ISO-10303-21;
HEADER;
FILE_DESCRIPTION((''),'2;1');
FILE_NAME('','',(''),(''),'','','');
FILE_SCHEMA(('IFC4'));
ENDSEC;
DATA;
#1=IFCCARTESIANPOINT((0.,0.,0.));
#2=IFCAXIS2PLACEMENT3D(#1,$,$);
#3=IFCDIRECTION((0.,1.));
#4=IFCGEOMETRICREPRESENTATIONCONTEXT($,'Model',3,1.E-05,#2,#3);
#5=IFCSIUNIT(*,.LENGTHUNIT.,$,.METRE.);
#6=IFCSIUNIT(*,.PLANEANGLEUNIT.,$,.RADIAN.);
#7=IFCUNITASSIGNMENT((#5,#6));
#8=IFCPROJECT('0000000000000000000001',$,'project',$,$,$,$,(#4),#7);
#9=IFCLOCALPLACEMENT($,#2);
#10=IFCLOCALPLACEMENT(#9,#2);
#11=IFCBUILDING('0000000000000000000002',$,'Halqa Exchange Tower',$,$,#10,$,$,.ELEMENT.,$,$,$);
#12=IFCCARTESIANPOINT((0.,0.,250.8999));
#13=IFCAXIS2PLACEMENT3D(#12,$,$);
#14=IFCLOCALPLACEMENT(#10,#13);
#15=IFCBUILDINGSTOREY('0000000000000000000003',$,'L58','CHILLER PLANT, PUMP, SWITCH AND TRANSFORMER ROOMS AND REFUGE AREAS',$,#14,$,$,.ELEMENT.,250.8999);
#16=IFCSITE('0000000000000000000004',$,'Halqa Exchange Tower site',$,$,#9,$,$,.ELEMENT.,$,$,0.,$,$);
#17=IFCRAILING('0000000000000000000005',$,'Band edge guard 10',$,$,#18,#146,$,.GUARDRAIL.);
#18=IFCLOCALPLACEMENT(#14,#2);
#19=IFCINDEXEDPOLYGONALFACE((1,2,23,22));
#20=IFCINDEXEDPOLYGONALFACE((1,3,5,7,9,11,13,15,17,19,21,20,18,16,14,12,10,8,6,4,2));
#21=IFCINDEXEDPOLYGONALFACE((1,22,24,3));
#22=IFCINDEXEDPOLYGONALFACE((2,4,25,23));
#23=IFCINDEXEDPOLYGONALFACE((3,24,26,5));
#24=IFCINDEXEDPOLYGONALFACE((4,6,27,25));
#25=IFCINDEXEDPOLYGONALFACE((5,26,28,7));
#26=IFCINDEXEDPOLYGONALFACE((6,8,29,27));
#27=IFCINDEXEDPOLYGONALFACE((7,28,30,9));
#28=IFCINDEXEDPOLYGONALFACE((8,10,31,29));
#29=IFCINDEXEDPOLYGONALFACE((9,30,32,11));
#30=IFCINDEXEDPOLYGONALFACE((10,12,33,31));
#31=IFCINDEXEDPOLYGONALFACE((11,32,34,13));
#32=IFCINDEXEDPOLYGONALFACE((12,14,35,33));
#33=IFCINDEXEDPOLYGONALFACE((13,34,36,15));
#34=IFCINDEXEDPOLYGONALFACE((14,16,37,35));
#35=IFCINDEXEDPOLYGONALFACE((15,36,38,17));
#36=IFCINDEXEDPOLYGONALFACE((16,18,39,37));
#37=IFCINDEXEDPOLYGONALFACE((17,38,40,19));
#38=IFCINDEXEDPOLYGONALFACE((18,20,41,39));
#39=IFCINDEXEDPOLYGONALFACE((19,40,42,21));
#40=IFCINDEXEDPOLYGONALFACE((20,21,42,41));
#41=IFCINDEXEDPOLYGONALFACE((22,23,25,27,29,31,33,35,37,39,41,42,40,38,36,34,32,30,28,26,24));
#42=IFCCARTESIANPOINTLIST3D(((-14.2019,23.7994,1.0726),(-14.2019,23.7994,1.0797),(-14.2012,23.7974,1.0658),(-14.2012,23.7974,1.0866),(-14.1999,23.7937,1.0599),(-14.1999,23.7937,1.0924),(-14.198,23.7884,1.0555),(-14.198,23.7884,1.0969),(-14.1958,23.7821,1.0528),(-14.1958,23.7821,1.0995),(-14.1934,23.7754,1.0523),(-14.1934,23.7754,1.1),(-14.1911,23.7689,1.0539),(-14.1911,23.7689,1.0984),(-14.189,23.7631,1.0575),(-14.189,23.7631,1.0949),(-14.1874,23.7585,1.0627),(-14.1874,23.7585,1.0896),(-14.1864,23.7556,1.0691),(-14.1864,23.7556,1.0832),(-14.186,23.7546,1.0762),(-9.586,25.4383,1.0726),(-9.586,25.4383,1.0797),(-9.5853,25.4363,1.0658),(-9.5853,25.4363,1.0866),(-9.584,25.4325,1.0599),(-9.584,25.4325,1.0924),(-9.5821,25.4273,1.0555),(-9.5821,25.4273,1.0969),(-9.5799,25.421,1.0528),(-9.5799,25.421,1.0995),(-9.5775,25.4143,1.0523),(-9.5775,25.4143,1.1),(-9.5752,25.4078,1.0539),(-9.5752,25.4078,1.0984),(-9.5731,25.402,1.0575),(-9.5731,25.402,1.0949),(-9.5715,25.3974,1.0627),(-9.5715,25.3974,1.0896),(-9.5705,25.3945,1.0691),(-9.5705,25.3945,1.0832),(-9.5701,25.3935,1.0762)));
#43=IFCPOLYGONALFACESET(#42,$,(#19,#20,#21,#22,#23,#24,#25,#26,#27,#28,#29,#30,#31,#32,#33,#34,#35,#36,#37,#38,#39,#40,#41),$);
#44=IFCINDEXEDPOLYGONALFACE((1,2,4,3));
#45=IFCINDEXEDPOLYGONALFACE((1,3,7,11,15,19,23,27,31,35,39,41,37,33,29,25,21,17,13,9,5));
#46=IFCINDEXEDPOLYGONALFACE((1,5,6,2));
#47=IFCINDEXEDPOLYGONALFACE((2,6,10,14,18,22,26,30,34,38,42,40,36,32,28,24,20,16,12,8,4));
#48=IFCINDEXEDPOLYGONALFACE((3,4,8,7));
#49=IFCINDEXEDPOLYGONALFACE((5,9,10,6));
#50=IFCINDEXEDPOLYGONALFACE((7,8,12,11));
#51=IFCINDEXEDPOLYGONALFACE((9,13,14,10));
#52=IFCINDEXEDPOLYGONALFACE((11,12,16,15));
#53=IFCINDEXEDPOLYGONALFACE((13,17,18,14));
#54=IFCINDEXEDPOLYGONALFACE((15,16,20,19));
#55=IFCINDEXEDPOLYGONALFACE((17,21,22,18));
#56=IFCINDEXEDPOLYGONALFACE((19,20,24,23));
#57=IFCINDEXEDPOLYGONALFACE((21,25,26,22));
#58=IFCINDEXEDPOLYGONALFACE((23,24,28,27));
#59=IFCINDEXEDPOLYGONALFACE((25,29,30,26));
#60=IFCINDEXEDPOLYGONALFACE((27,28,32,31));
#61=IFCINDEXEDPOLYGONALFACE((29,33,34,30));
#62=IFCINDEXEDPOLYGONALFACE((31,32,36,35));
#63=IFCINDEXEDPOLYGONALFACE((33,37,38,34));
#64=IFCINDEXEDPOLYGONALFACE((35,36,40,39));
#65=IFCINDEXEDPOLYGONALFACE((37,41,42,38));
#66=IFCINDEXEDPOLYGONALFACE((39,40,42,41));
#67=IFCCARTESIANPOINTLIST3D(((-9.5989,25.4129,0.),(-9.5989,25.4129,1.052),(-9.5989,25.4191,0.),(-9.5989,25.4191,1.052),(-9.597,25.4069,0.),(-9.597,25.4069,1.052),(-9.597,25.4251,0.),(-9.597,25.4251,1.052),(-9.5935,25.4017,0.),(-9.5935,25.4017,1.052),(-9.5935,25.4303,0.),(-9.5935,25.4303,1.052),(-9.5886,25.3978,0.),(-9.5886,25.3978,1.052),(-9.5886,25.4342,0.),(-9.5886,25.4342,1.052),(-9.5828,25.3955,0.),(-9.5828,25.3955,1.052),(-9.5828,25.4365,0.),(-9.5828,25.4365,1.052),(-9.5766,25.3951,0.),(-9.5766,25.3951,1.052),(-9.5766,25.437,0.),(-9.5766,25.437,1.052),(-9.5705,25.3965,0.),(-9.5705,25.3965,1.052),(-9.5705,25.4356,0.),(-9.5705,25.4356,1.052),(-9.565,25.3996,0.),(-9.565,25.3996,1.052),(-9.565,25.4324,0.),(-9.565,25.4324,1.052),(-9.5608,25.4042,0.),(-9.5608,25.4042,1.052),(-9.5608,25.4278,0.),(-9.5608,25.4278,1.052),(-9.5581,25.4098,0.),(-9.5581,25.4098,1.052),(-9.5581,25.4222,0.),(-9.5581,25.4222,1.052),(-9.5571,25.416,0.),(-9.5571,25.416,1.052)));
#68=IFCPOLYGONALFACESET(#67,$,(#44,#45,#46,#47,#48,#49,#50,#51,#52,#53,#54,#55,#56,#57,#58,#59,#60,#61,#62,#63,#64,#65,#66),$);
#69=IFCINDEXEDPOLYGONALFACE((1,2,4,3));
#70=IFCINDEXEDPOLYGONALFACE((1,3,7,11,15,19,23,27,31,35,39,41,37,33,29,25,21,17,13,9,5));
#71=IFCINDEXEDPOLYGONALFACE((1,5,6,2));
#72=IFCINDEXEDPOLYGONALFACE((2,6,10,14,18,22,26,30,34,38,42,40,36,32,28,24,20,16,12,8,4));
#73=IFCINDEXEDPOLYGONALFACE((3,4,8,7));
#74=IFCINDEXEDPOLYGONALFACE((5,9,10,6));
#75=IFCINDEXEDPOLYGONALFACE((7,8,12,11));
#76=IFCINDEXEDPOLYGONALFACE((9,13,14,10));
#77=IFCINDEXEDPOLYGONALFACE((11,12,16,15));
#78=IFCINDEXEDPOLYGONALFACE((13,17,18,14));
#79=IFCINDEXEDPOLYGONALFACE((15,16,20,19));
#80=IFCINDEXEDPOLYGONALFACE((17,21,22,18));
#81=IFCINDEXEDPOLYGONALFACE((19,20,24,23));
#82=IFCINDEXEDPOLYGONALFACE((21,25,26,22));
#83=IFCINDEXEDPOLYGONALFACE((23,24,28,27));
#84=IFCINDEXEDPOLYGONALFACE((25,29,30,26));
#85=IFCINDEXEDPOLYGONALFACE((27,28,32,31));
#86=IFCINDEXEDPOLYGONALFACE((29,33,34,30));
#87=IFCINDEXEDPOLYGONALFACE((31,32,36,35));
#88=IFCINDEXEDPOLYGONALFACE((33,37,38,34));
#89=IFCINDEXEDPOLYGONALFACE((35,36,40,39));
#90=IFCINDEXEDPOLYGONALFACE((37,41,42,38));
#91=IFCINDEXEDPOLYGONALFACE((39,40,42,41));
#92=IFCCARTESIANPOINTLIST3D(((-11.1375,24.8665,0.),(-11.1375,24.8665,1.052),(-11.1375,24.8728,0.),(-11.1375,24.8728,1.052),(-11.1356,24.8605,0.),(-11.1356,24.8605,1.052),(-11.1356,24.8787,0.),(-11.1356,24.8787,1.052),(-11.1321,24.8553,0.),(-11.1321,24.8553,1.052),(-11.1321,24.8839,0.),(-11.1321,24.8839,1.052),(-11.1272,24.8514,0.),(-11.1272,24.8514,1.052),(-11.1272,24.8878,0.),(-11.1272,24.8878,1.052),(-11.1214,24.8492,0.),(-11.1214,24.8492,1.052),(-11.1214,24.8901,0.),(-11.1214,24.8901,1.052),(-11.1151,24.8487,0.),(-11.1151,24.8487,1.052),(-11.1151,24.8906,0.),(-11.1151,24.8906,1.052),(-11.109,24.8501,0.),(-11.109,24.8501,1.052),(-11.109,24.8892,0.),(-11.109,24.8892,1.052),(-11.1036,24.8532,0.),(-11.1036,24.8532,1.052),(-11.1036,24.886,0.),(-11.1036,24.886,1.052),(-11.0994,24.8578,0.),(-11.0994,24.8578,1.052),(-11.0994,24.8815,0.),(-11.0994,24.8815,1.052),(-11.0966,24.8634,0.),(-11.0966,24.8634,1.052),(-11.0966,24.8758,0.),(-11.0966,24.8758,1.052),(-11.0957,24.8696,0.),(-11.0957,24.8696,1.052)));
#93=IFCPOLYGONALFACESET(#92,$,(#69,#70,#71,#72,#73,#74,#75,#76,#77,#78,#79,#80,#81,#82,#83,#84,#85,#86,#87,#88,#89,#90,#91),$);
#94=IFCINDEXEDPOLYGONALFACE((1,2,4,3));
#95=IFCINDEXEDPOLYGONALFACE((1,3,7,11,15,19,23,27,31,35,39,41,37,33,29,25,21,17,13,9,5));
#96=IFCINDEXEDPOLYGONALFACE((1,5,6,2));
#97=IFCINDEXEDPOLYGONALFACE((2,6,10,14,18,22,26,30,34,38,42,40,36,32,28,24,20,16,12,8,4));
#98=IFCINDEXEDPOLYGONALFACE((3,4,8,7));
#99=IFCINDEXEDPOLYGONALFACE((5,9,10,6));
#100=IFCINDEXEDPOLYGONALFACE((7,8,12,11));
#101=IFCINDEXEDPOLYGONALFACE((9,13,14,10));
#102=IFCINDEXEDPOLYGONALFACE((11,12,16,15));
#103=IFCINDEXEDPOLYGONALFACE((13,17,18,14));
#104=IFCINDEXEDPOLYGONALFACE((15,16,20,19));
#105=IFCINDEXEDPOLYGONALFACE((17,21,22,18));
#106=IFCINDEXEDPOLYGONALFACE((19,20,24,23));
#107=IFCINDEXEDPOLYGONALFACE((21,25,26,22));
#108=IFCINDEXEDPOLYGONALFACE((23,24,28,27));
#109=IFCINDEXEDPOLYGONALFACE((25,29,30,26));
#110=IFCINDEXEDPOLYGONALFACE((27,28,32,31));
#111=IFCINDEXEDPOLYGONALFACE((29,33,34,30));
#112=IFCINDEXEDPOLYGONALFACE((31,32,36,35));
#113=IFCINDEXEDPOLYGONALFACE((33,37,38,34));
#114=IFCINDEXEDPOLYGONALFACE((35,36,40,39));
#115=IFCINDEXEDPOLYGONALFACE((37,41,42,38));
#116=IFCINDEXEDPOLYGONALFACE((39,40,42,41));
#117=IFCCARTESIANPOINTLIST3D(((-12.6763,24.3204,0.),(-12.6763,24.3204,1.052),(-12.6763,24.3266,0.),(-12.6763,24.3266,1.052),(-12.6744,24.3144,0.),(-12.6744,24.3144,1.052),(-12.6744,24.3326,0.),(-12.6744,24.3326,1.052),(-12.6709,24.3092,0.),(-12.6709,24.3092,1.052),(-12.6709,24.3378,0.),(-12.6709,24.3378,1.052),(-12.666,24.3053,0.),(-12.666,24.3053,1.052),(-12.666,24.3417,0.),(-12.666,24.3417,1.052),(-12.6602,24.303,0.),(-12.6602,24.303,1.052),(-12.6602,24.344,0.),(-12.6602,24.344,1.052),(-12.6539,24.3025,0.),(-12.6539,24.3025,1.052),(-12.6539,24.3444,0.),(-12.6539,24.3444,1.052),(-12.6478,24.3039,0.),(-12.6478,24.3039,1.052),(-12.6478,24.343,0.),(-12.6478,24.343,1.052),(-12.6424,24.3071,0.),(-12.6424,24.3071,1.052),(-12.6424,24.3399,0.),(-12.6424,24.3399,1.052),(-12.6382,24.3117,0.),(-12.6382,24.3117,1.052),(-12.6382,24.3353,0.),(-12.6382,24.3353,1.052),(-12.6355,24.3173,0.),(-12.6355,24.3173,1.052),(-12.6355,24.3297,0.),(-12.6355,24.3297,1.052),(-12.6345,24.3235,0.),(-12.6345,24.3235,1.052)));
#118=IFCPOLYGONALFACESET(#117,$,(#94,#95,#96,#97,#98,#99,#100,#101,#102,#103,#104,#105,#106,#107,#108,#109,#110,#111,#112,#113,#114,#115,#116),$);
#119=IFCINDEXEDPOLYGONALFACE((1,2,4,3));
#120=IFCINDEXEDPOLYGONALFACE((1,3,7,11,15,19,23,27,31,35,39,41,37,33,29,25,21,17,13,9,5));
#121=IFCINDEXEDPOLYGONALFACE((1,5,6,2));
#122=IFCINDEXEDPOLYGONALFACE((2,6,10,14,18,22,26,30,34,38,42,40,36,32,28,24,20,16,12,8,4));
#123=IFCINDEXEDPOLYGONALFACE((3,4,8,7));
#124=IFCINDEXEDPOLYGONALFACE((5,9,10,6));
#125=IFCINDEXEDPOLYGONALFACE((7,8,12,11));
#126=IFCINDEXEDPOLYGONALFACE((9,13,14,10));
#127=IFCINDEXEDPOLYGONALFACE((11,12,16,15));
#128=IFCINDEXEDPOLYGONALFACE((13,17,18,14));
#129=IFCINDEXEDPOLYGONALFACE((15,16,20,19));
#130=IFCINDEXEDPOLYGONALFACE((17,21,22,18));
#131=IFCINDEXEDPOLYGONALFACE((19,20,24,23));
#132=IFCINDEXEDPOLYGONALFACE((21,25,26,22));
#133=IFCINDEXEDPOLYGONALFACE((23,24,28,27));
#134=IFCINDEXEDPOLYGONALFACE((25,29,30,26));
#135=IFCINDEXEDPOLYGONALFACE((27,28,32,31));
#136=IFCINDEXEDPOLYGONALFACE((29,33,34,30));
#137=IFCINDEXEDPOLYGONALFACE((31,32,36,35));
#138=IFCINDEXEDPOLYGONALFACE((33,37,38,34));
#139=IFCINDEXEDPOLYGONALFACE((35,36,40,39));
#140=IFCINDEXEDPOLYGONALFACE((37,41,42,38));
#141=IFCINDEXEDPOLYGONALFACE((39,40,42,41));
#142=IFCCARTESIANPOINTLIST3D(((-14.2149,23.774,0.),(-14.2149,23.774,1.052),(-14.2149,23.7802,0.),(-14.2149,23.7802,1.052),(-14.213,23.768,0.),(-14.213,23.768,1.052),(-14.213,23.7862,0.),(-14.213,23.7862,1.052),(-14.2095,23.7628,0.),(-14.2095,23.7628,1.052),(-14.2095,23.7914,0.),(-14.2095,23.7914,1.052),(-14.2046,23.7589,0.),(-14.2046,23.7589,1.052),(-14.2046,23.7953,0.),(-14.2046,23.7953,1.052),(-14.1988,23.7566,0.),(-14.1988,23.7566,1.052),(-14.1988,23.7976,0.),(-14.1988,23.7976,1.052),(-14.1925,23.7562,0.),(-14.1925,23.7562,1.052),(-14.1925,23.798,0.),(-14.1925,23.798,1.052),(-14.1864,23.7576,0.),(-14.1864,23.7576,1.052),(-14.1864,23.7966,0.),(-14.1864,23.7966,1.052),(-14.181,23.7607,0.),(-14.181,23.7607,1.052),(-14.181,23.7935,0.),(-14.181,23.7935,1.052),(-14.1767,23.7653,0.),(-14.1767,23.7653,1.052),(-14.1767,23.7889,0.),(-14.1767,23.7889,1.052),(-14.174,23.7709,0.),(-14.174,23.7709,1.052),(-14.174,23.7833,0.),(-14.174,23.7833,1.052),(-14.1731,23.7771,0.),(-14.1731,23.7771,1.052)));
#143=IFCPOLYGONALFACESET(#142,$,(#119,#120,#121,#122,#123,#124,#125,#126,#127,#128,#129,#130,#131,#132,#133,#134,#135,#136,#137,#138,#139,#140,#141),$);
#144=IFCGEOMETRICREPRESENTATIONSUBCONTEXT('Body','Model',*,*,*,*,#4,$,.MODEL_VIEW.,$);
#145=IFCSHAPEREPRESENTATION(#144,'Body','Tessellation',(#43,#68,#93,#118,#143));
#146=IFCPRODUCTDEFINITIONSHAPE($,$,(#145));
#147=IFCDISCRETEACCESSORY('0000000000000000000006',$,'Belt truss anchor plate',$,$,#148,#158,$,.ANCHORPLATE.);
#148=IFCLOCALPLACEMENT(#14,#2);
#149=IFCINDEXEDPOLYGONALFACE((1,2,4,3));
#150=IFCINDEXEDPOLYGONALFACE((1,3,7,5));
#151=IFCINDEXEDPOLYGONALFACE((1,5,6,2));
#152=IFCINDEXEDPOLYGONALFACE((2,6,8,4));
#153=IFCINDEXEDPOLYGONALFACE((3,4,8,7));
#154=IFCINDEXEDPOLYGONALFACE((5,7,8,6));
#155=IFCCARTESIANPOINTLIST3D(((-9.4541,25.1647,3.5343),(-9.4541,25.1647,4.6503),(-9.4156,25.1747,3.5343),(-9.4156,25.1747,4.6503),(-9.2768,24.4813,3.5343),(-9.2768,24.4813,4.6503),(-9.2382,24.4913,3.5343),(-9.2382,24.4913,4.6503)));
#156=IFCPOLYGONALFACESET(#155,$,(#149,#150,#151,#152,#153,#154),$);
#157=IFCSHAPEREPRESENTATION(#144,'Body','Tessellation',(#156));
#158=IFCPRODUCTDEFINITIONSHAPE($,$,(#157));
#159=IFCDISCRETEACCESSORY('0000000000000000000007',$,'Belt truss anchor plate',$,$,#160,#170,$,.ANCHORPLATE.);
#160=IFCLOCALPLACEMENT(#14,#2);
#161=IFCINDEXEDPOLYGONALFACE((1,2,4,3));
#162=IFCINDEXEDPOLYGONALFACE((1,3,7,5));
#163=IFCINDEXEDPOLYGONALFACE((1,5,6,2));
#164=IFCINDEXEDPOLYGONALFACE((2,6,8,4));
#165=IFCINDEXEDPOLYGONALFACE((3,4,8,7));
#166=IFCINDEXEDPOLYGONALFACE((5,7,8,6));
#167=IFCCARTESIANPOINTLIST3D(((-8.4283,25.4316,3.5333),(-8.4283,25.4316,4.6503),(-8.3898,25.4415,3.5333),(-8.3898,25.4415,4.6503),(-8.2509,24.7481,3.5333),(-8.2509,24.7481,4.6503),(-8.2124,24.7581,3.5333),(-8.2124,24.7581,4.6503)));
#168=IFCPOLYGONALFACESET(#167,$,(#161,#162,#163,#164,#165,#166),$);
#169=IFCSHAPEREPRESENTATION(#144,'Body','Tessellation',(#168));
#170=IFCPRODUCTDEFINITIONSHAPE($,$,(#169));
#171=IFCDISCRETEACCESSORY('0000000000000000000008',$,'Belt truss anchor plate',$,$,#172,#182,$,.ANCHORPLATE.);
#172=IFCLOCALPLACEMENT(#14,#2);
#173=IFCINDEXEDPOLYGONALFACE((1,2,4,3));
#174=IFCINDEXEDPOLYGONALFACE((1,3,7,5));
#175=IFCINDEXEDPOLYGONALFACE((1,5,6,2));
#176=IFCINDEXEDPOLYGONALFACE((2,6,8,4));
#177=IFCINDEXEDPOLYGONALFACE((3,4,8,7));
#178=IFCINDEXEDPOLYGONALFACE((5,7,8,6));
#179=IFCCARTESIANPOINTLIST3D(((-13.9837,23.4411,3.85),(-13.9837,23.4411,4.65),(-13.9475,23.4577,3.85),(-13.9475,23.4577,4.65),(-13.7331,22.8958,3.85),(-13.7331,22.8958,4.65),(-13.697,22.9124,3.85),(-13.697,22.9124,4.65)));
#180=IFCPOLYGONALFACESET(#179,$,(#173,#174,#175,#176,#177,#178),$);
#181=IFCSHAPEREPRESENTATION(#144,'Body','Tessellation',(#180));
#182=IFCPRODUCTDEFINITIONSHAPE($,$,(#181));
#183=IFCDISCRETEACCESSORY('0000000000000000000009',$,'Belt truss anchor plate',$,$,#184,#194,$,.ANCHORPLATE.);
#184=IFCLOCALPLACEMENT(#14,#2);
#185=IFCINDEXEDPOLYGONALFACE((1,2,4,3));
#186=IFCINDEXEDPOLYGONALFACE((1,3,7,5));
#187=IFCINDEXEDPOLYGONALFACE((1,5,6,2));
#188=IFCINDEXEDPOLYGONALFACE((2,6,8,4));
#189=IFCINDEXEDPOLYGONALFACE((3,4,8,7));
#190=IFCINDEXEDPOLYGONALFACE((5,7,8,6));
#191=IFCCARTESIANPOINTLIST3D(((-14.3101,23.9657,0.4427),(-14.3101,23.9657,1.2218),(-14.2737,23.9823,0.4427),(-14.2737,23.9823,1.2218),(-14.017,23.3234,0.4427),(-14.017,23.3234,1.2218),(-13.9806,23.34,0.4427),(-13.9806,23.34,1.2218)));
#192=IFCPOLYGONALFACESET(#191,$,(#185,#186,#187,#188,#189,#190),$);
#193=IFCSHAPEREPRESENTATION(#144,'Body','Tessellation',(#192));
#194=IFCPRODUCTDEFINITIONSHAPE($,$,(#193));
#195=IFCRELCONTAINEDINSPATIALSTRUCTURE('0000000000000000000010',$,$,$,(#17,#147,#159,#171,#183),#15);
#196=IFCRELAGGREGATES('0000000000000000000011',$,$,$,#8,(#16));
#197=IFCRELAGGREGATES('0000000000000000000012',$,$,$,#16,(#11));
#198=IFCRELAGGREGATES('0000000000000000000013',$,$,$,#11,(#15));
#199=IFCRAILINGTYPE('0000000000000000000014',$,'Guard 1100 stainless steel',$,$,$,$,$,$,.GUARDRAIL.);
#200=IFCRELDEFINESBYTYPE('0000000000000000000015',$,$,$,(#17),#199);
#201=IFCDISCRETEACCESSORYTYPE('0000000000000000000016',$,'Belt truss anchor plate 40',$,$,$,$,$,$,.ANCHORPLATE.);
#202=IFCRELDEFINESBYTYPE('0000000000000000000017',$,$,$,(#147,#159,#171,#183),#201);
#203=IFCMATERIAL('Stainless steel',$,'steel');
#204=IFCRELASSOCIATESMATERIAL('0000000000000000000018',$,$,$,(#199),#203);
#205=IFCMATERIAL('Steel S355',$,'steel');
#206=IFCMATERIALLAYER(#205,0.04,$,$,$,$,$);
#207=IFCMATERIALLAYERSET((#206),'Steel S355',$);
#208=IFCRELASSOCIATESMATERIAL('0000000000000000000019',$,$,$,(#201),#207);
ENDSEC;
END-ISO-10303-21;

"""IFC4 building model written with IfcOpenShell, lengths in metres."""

from ifc_helpers import new_model, si_unit, direction, frame, origin, origin_2d, place, context, subcontext, project, spatial, rectangle, circle, extrude, material, layer, layer_set, type_object, element, save


model = new_model("IFC4")

# Units and contexts
model_context = context("Model", 3, precision=1e-05, world=origin(), true_north=direction((0.0, 1.0)))
body_context = subcontext(model_context, "Body", "Model", "MODEL_VIEW")
ifc_project = project(units=[si_unit("LENGTHUNIT", "METRE"), si_unit("PLANEANGLEUNIT", "RADIAN")], contexts=[model_context])

# Site, building, storey
site_placement = place(None, origin())
site = spatial("IfcSite", under=ifc_project, at=site_placement, Name="Halqa Exchange Tower site", CompositionType="ELEMENT", RefElevation=0.0)
building_placement = place(site_placement, origin())
building = spatial("IfcBuilding", under=site, at=building_placement, Name="Halqa Exchange Tower", CompositionType="ELEMENT")
storey_placement = place(building_placement, frame((0.0, 0.0, 250.8999)))
storey = spatial("IfcBuildingStorey", under=building, at=storey_placement, Name="L58", Description="CHILLER PLANT, PUMP, SWITCH AND TRANSFORMER ROOMS AND REFUGE AREAS", CompositionType="ELEMENT", Elevation=250.8999)

# Shared definitions
ifc_material_1 = material(Name="Steel S355", Category="steel")

# Railing
ifc_material_2 = material(Name="Stainless steel", Category="steel")
railing_type = type_object("IfcRailingType", Name="Guard 1100 stainless steel", PredefinedType="GUARDRAIL", material=ifc_material_2)
railing_placement = place(storey_placement, frame((-9.5781, 25.416, 0.0)))
element("IfcRailing", 1, at=railing_placement, inside=storey, type_object=railing_type, Name="Band edge guard 10", PredefinedType="GUARDRAIL", context=body_context, shape_type="SweptSolid", body=[
    extrude(circle(Radius=0.0239, at=origin_2d()), frame((0.0, 0.0, 1.0762), z_axis=(-0.942364, -0.33459, 0.0), x_axis=(0.33459, -0.942364, 0.0)), (0.0, 0.0, 1.0), 4.8982),
    extrude(circle(Radius=0.021, at=origin_2d()), origin(), (0.0, 0.0, 1.0), 1.052),
    extrude(circle(Radius=0.021, at=origin_2d()), frame((-1.5386, -0.5464, 0.0)), (0.0, 0.0, 1.0), 1.052),
    extrude(circle(Radius=0.021, at=origin_2d()), frame((-3.0774, -1.0925, 0.0)), (0.0, 0.0, 1.0), 1.052),
    extrude(circle(Radius=0.021, at=origin_2d()), frame((-4.616, -1.6389, 0.0)), (0.0, 0.0, 1.0), 1.052),
])

# Discrete accessories
ifc_layer_1 = layer(ifc_material_1, 0.04)
ifc_layer_set_1 = layer_set([ifc_layer_1], Name="Steel S355")
discrete_accessory_type = type_object("IfcDiscreteAccessoryType", Name="Belt truss anchor plate 40", PredefinedType="ANCHORPLATE", material=ifc_layer_set_1)
discrete_accessory_1_placement = place(storey_placement, frame((-9.3269, 24.833, 4.0923), z_axis=(-0.967942, -0.251175, 0.0), x_axis=(0.251175, -0.967942, 0.0)))
element("IfcDiscreteAccessory", 2, at=discrete_accessory_1_placement, inside=storey, type_object=discrete_accessory_type, Name="Belt truss anchor plate", PredefinedType="ANCHORPLATE", context=body_context, shape_type="SweptSolid", body=[
    extrude(rectangle(XDim=0.7061, YDim=1.116, at=origin_2d()), origin(), (0.0, 0.0, 1.0), 0.0398),
])
discrete_accessory_2_placement = place(storey_placement, frame((-8.3396, 25.0898, 4.0918), z_axis=(0.967942, 0.251175, 0.0), x_axis=(-0.251175, 0.967942, 0.0)))
element("IfcDiscreteAccessory", 3, at=discrete_accessory_2_placement, inside=storey, type_object=discrete_accessory_type, Name="Belt truss anchor plate", PredefinedType="ANCHORPLATE", context=body_context, shape_type="SweptSolid", body=[
    extrude(rectangle(XDim=0.7061, YDim=1.1169, at=origin_2d()), origin(), (0.0, 0.0, 1.0), 0.0398),
])
discrete_accessory_3_placement = place(storey_placement, frame((-13.8584, 23.1685, 4.25), z_axis=(0.908677, 0.4175, 0.0), x_axis=(-0.4175, 0.908677, 0.0)))
element("IfcDiscreteAccessory", 4, at=discrete_accessory_3_placement, inside=storey, type_object=discrete_accessory_type, Name="Belt truss anchor plate", PredefinedType="ANCHORPLATE", context=body_context, shape_type="SweptSolid", body=[
    extrude(rectangle(XDim=0.6001, YDim=0.8, at=origin_2d()), origin(), (0.0, 0.0, 1.0), 0.0398),
])
discrete_accessory_4_placement = place(storey_placement, frame((-14.1636, 23.6445, 0.8323), z_axis=(0.909738, 0.415183, 0.0), x_axis=(-0.415183, 0.909738, 0.0)))
element("IfcDiscreteAccessory", 5, at=discrete_accessory_4_placement, inside=storey, type_object=discrete_accessory_type, Name="Belt truss anchor plate", PredefinedType="ANCHORPLATE", context=body_context, shape_type="SweptSolid", body=[
    extrude(rectangle(XDim=0.7061, YDim=0.7791, at=origin_2d()), origin(), (0.0, 0.0, 1.0), 0.04),
])

save(model, "model.ifc")
